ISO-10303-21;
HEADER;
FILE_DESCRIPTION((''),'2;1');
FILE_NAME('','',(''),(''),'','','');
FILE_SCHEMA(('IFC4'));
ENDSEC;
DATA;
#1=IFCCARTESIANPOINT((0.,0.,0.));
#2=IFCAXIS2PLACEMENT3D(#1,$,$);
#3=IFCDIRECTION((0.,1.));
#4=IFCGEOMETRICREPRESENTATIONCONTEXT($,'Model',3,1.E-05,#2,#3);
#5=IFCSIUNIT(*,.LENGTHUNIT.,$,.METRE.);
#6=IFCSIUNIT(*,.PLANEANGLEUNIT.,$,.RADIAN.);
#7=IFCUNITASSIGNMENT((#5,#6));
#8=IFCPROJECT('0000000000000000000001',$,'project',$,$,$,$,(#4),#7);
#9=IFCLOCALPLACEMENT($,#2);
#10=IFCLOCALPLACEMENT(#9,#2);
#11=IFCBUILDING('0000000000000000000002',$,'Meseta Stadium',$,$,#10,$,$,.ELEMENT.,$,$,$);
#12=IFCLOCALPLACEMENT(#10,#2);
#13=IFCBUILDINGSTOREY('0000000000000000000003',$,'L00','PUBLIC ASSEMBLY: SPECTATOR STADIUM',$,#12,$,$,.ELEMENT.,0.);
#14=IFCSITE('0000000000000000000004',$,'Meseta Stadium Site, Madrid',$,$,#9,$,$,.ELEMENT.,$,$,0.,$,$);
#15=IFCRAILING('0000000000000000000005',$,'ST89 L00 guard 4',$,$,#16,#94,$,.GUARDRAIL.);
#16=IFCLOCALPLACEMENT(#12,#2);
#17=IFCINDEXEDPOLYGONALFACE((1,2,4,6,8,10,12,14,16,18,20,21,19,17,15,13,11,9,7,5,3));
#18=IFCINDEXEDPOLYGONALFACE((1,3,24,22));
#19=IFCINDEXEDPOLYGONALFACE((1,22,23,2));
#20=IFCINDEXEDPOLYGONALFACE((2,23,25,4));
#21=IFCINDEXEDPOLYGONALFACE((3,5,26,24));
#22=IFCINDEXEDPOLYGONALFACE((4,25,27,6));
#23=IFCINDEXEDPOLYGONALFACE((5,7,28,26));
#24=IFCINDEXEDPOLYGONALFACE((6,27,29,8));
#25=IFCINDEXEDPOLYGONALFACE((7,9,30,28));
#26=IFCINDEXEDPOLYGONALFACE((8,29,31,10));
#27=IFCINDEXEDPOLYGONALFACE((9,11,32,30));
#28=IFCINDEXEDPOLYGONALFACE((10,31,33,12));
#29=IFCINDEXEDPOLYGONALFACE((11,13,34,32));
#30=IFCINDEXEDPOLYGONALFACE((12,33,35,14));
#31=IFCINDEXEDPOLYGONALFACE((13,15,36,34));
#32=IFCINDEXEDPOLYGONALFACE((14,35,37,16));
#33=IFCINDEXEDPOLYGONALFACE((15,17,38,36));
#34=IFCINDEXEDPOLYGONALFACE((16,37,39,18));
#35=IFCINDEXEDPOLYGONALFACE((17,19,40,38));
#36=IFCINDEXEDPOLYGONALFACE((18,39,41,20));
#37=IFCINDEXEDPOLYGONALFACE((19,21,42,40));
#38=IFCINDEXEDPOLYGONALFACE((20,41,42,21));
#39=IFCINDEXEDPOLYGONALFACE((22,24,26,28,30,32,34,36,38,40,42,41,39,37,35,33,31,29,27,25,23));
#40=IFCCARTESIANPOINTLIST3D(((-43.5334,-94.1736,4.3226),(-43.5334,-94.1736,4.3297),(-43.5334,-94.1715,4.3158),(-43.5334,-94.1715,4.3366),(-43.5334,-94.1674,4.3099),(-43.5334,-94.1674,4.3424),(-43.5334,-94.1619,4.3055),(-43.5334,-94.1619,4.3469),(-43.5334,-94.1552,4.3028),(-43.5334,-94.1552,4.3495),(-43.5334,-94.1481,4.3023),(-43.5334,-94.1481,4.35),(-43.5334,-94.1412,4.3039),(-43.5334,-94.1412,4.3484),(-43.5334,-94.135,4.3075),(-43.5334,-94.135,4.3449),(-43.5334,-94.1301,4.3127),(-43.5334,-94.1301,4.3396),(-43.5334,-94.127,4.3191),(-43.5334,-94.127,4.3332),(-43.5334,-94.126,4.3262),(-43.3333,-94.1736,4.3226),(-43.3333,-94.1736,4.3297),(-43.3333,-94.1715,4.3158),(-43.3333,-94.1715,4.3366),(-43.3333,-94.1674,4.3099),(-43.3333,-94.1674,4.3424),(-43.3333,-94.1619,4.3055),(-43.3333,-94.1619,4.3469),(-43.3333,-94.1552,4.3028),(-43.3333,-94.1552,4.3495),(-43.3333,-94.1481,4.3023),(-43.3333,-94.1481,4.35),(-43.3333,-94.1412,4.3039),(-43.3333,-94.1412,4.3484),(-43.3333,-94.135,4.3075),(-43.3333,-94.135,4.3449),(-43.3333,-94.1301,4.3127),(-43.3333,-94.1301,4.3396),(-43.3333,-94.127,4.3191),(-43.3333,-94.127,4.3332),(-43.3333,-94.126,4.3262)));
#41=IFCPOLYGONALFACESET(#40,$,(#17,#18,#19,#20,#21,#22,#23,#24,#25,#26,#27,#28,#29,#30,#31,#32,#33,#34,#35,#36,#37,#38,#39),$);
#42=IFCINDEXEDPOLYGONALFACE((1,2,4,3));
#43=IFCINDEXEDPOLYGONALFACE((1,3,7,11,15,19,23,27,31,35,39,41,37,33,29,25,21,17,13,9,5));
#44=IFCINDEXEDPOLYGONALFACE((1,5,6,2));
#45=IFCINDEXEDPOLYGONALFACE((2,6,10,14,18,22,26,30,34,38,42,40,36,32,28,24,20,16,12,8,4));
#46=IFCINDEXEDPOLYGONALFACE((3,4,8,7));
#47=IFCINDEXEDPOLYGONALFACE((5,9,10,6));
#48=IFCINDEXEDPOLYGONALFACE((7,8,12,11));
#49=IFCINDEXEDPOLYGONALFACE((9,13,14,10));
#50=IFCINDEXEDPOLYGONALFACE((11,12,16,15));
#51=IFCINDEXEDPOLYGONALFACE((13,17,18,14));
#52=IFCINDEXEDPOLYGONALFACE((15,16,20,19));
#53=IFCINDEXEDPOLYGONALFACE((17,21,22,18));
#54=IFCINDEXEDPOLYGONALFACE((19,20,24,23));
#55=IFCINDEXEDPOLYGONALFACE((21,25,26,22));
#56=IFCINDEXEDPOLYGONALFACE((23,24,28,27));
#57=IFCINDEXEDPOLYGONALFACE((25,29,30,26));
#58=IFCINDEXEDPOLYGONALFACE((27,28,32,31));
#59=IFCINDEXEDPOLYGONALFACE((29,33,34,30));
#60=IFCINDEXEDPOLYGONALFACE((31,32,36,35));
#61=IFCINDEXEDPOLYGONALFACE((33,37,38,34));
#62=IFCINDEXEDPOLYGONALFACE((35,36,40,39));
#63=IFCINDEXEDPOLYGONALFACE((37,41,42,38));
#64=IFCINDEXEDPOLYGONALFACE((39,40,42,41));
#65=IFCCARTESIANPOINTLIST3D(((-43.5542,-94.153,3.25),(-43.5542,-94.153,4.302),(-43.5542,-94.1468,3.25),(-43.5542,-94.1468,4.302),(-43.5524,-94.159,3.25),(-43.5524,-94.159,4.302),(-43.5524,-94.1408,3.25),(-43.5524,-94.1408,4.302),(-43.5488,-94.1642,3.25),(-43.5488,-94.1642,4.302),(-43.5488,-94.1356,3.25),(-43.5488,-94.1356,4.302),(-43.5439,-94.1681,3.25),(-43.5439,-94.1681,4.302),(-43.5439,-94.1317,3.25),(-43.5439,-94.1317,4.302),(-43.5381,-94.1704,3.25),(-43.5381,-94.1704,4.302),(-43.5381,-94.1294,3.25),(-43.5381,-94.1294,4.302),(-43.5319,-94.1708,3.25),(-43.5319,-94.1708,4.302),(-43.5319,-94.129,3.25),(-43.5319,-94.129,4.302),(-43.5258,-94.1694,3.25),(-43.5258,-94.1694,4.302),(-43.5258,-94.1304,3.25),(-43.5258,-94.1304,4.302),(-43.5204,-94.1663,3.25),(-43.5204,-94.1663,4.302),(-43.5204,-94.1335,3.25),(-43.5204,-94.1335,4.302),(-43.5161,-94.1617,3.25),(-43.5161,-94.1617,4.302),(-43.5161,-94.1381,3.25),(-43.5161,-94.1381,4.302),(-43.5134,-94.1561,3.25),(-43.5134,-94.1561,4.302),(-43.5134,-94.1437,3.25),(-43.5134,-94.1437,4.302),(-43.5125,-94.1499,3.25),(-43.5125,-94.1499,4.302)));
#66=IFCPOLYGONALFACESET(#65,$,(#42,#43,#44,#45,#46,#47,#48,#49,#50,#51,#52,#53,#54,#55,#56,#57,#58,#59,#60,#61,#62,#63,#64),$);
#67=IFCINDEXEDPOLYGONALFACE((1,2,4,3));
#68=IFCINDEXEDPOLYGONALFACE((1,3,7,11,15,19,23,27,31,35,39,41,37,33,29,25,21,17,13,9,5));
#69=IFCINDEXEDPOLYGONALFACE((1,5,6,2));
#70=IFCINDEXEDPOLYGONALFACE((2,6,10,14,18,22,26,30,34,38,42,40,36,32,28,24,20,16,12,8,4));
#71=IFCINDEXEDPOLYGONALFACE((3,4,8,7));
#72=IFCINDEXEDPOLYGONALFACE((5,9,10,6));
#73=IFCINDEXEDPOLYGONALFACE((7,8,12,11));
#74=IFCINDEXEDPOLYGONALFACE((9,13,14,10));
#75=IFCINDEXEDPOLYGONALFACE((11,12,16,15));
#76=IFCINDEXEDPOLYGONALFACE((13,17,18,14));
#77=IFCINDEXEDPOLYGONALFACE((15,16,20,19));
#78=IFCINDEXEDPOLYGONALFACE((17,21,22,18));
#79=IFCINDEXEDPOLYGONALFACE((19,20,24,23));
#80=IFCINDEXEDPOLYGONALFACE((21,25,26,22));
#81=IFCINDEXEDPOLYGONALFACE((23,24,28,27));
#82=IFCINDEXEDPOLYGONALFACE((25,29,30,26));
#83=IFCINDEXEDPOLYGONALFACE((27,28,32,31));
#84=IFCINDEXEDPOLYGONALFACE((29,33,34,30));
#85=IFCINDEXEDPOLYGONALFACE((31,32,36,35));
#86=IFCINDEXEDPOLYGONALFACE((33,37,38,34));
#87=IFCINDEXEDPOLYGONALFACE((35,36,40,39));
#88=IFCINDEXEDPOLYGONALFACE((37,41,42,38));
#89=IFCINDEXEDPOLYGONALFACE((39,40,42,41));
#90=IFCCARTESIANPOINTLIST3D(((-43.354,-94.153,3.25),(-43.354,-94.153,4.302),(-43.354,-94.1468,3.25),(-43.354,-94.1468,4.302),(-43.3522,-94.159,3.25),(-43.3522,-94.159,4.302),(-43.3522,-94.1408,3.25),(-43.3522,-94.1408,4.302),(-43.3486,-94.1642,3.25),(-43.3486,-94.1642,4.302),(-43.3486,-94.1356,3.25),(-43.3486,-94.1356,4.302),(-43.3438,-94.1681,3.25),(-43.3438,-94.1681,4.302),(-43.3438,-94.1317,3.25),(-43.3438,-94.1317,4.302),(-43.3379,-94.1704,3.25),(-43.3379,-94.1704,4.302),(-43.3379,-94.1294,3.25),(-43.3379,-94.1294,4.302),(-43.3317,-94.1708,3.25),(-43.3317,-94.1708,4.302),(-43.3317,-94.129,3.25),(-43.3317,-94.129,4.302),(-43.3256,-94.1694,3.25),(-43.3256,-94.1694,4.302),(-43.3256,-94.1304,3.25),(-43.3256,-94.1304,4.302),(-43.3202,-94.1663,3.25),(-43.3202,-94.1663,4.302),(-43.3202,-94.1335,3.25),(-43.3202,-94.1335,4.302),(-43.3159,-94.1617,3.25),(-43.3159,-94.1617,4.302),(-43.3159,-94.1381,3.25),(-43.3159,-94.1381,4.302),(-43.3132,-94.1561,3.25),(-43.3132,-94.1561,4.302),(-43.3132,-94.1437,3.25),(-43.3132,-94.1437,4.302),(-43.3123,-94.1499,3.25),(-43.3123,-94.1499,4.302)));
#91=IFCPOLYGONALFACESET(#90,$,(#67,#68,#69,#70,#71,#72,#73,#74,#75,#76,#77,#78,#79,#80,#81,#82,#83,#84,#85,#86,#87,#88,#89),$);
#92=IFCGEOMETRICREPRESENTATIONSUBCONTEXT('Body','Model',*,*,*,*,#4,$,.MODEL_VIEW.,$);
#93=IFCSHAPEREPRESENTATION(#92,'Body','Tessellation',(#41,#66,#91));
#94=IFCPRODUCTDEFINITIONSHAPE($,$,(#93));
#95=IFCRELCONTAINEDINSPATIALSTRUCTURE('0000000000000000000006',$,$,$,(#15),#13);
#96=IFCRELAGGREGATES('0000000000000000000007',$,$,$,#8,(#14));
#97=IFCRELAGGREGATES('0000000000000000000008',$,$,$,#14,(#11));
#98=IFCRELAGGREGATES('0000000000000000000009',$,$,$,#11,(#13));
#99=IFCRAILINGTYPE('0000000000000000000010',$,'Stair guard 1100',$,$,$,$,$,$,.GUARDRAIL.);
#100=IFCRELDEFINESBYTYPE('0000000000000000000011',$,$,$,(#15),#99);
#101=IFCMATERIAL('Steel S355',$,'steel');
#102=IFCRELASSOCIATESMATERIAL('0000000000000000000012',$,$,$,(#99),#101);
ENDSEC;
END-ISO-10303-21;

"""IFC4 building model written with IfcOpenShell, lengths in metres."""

from ifc_helpers import new_model, si_unit, direction, frame, origin, origin_2d, place, context, subcontext, project, spatial, circle, extrude, material, type_object, element, save


model = new_model("IFC4")

# Units and contexts
model_context = context("Model", 3, precision=1e-05, world=origin(), true_north=direction((0.0, 1.0)))
body_context = subcontext(model_context, "Body", "Model", "MODEL_VIEW")
ifc_project = project(units=[si_unit("LENGTHUNIT", "METRE"), si_unit("PLANEANGLEUNIT", "RADIAN")], contexts=[model_context])

# Site, building, storey
site_placement = place(None, origin())
site = spatial("IfcSite", under=ifc_project, at=site_placement, Name="Meseta Stadium Site, Madrid", CompositionType="ELEMENT", RefElevation=0.0)
building_placement = place(site_placement, origin())
building = spatial("IfcBuilding", under=site, at=building_placement, Name="Meseta Stadium", CompositionType="ELEMENT")
storey_placement = place(building_placement, origin())
storey = spatial("IfcBuildingStorey", under=building, at=storey_placement, Name="L00", Description="PUBLIC ASSEMBLY: SPECTATOR STADIUM", CompositionType="ELEMENT", Elevation=0.0)

# Railing
ifc_material_1 = material(Name="Steel S355", Category="steel")
railing_type_1 = type_object("IfcRailingType", Name="Stair guard 1100", PredefinedType="GUARDRAIL", material=ifc_material_1)
railing_1_placement = place(storey_placement, frame((-43.5334, -94.1499, 3.25)))
element("IfcRailing", 1, at=railing_1_placement, inside=storey, type_object=railing_type_1, Name="ST89 L00 guard 4", PredefinedType="GUARDRAIL", context=body_context, shape_type="SweptSolid", body=[
    extrude(circle(Radius=0.0239, at=origin_2d()), frame((0.0, 0.0, 1.0762), z_axis=(1.0, 0.0, 0.0), x_axis=(0.0, 1.0, 0.0)), (0.0, 0.0, 1.0), 0.2002),
    extrude(circle(Radius=0.021, at=origin_2d()), origin(), (0.0, 0.0, 1.0), 1.052),
    extrude(circle(Radius=0.021, at=origin_2d()), frame((0.2002, 0.0, 0.0)), (0.0, 0.0, 1.0), 1.052),
])

save(model, "model.ifc")
